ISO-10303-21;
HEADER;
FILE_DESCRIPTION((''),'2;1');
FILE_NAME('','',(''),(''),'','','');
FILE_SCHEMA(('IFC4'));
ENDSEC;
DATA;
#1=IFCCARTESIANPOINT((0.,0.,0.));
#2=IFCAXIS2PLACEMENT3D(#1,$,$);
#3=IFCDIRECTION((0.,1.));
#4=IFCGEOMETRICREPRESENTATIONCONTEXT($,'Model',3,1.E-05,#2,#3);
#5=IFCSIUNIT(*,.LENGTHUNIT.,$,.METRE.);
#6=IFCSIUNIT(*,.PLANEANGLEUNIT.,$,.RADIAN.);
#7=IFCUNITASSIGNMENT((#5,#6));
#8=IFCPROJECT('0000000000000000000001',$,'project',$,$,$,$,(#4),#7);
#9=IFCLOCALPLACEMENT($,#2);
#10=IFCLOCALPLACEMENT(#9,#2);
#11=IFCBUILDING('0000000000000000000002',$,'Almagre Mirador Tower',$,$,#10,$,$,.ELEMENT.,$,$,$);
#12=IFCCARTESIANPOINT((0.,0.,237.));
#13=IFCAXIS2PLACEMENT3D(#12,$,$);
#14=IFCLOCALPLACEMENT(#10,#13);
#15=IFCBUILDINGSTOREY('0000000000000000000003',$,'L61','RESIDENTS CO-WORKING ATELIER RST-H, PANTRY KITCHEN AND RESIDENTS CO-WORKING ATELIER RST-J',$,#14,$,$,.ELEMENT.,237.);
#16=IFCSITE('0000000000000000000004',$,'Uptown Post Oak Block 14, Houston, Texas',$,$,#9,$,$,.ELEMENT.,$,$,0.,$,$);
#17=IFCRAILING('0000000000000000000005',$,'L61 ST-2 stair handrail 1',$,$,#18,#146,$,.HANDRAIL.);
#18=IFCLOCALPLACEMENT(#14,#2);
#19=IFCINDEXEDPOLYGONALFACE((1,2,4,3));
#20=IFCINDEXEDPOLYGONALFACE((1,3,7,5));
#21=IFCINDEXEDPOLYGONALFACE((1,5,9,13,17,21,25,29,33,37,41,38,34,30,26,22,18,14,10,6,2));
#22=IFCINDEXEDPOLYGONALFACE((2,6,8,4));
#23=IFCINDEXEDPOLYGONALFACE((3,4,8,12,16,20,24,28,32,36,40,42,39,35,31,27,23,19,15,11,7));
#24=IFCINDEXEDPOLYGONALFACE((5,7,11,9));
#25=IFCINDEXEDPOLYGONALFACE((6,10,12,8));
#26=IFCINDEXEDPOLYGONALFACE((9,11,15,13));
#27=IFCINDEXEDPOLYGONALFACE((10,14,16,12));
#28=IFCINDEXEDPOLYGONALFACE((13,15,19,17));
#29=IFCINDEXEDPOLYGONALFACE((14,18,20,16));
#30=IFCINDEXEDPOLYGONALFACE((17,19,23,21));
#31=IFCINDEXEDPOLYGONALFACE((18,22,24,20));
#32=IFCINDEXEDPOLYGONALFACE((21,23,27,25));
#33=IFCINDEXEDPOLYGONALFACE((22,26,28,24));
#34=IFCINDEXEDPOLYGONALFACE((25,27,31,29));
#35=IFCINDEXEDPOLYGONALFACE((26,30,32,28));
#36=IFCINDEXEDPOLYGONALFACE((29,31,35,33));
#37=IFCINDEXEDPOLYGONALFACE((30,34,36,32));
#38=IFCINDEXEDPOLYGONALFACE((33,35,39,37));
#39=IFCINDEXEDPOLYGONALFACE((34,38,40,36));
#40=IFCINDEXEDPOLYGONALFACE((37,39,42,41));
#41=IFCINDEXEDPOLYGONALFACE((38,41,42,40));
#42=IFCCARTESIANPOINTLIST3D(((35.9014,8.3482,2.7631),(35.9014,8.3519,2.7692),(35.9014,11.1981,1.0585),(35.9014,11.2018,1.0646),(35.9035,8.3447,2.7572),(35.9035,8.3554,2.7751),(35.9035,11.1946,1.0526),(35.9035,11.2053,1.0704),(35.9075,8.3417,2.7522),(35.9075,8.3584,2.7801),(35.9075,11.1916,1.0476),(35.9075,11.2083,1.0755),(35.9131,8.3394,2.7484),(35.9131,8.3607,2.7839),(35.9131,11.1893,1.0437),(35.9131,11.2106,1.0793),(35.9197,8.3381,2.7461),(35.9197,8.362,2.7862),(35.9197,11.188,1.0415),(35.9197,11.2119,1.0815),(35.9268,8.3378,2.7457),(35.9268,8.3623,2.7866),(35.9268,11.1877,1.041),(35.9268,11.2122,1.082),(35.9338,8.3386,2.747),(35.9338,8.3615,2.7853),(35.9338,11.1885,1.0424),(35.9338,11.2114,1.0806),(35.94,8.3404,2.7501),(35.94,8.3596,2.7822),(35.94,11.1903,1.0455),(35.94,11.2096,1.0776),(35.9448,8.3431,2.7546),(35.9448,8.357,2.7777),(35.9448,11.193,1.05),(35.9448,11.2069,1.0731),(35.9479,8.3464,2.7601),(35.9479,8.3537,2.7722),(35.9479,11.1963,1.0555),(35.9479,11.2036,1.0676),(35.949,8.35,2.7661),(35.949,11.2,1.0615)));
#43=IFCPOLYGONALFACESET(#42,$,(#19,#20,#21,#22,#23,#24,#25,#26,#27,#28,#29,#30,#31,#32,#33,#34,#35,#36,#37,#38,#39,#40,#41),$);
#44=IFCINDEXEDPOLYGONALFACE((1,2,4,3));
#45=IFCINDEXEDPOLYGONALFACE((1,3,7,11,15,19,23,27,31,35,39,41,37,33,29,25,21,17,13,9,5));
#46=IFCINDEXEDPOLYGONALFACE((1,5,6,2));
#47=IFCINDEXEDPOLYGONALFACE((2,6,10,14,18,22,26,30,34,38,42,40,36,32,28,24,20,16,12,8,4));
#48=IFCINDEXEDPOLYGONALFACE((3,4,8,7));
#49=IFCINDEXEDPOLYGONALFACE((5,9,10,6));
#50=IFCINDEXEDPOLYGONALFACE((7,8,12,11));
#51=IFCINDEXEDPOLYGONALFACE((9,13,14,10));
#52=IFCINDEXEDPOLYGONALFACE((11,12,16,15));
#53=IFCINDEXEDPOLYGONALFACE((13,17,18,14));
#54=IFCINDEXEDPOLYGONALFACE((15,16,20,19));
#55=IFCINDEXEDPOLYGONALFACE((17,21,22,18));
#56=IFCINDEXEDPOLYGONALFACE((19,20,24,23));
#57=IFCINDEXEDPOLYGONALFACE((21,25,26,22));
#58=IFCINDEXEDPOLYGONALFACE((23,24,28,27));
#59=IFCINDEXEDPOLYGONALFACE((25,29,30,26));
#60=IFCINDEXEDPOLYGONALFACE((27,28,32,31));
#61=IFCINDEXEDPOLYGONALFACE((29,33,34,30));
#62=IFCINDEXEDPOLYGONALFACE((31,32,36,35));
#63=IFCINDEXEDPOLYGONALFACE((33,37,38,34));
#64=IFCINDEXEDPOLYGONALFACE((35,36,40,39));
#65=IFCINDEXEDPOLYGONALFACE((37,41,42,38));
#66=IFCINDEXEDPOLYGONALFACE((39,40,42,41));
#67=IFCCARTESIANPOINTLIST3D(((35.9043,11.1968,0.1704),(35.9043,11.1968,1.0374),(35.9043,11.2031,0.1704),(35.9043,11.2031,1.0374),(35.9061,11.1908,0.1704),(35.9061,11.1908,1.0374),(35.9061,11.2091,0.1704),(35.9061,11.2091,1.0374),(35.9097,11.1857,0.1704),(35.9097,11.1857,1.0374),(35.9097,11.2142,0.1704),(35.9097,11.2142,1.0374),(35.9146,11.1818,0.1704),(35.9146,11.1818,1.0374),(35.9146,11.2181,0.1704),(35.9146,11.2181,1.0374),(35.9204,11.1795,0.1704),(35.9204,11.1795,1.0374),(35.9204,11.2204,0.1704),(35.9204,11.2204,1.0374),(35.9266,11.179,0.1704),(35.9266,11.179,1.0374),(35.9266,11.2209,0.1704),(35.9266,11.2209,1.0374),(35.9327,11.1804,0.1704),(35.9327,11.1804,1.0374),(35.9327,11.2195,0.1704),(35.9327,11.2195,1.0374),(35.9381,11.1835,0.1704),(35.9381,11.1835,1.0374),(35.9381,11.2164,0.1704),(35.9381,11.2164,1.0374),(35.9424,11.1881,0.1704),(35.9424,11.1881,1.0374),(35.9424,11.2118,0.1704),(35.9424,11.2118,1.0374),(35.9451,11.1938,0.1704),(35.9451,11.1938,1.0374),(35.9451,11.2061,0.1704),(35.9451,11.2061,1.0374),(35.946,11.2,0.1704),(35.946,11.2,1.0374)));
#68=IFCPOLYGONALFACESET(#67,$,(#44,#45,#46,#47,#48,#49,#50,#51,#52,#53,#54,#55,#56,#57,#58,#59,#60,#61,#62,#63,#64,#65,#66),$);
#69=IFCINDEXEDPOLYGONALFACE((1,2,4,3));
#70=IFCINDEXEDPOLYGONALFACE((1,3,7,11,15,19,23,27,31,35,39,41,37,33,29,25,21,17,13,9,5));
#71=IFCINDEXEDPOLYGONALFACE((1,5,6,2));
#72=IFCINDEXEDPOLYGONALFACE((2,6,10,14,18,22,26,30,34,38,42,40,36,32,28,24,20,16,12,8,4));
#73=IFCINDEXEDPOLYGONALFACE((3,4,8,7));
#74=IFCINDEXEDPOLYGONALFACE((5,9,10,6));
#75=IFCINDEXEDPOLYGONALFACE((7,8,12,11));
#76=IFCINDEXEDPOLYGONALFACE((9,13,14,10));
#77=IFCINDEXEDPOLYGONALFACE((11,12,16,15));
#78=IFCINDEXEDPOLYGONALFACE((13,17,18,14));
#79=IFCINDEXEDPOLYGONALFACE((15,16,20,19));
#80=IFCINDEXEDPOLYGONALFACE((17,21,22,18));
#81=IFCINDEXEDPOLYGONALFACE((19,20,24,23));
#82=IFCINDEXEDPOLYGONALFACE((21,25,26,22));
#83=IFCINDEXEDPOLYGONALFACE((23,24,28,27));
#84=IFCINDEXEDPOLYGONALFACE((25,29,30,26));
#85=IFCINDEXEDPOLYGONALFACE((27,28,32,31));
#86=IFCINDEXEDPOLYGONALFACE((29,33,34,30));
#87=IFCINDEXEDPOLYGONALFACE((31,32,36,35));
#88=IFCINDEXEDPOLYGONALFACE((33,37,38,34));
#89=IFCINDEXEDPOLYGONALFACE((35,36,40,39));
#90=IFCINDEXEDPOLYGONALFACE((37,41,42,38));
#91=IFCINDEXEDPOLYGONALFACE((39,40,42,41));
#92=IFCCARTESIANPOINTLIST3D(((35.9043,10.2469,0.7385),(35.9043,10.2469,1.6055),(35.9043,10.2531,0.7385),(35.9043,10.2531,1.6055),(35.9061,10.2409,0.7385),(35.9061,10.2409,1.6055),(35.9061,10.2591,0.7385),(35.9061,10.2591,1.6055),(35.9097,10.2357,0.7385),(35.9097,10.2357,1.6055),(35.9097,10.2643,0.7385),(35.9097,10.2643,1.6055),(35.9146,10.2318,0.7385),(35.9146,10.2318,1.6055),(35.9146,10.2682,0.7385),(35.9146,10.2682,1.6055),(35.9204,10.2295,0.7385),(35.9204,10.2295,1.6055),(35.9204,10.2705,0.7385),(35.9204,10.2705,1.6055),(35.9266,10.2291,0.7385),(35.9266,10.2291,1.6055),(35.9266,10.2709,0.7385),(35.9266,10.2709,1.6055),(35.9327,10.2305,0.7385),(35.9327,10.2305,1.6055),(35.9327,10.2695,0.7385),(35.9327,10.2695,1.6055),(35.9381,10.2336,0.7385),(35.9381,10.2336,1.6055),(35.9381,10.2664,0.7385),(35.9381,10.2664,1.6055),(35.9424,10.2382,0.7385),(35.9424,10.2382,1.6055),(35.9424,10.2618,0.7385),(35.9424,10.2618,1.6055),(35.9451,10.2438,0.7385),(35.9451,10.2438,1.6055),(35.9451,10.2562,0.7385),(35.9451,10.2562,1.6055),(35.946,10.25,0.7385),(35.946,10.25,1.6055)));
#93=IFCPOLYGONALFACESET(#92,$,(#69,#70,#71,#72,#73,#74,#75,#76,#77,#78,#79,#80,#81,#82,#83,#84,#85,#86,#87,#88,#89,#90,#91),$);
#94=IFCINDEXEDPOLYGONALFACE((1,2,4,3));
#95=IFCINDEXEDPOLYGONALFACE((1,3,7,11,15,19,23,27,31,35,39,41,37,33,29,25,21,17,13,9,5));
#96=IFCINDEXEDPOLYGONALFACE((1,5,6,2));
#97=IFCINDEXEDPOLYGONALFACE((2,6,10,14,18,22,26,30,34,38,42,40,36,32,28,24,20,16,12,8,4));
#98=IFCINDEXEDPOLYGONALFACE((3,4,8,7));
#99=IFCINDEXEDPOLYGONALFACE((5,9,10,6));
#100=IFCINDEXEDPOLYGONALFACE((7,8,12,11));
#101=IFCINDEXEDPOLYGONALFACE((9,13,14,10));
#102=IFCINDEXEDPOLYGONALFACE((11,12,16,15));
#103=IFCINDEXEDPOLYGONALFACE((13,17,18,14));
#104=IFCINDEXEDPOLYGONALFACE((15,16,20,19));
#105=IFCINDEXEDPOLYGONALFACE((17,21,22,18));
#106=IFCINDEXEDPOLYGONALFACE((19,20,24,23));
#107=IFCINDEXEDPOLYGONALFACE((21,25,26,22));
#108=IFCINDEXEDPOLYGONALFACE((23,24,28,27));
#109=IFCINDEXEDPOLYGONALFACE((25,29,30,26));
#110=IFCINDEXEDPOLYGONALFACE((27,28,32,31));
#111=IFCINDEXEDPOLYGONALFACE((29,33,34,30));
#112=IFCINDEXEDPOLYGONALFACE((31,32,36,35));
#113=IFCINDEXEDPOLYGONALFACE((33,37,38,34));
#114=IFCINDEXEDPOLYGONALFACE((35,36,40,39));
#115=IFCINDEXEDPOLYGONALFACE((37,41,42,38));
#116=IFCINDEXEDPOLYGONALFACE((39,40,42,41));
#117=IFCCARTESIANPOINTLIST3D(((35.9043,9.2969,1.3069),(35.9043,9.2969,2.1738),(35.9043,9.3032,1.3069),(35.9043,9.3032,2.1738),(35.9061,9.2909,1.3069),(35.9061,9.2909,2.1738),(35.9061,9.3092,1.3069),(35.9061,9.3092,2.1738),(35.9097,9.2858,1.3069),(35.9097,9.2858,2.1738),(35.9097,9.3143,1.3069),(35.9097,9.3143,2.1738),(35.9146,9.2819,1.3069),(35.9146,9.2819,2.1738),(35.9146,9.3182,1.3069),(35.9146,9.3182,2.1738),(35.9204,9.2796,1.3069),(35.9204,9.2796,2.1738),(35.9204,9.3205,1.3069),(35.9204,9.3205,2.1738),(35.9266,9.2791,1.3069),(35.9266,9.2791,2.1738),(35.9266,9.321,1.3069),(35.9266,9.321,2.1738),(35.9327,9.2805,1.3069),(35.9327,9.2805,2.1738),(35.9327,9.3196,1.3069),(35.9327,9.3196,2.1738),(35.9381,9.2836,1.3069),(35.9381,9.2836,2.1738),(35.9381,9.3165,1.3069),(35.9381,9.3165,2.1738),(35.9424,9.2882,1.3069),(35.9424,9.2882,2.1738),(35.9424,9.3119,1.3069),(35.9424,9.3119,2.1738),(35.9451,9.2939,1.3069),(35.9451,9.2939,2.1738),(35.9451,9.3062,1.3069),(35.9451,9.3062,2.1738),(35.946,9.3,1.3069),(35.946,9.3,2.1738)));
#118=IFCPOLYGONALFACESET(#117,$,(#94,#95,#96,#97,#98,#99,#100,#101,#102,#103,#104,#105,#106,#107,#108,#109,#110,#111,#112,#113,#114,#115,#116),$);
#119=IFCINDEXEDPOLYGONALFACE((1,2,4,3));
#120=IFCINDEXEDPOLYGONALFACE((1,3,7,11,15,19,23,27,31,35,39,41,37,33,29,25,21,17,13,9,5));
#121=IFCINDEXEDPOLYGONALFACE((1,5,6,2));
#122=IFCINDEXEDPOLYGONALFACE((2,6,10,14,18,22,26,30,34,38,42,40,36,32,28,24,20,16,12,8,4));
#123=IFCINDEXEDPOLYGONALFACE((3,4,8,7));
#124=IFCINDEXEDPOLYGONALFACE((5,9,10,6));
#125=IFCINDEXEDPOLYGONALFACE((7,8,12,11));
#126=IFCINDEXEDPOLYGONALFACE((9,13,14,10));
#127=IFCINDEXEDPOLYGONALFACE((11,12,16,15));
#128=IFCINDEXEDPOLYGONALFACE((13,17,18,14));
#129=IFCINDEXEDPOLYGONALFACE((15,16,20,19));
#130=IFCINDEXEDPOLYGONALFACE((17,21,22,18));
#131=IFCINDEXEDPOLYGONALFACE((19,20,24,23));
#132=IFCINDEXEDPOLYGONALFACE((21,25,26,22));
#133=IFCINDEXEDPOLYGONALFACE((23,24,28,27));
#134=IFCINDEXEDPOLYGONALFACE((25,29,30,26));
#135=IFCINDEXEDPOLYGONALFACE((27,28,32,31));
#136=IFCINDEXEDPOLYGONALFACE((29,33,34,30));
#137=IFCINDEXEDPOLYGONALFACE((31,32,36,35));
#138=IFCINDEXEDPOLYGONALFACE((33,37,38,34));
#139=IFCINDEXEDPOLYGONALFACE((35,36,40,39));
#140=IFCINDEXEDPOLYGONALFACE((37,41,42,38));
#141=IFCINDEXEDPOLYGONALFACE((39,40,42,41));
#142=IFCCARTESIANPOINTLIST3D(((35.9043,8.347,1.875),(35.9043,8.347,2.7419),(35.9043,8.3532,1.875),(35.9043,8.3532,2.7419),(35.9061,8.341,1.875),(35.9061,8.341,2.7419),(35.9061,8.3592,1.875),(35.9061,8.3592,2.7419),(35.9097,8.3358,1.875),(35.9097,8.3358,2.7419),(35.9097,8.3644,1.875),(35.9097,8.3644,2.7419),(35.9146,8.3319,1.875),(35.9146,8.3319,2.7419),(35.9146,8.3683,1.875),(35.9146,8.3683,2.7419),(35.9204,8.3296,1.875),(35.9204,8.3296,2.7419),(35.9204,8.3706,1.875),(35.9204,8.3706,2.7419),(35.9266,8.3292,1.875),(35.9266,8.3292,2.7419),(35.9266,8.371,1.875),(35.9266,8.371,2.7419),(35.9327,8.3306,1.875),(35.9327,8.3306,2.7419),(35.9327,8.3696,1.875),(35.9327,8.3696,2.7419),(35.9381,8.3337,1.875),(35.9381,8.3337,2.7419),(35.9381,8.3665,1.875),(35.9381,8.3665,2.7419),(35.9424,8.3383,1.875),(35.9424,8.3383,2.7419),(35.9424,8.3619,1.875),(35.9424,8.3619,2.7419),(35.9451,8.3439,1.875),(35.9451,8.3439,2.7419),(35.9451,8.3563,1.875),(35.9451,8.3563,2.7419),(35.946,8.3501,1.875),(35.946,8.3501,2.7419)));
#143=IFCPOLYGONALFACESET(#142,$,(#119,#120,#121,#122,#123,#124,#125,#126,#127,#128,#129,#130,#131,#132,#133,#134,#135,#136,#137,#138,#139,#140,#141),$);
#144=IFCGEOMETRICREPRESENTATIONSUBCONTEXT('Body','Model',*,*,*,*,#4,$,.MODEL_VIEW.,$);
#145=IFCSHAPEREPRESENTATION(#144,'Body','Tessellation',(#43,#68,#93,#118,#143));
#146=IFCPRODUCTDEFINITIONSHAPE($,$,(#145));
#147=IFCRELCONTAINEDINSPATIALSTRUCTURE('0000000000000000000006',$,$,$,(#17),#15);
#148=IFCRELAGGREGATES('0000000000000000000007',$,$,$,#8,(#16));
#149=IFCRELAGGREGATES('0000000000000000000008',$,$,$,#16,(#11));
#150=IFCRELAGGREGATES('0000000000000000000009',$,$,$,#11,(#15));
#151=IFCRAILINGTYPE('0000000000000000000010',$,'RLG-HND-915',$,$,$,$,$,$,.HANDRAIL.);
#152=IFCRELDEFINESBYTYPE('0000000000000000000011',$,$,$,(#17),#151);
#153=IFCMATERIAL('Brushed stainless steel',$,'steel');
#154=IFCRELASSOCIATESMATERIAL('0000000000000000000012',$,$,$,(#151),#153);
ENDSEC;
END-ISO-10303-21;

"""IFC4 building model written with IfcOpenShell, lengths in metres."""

from ifc_helpers import new_model, si_unit, direction, frame, origin, origin_2d, place, context, subcontext, project, spatial, circle, extrude, material, type_object, element, save


model = new_model("IFC4")

# Units and contexts
model_context = context("Model", 3, precision=1e-05, world=origin(), true_north=direction((0.0, 1.0)))
body_context = subcontext(model_context, "Body", "Model", "MODEL_VIEW")
ifc_project = project(units=[si_unit("LENGTHUNIT", "METRE"), si_unit("PLANEANGLEUNIT", "RADIAN")], contexts=[model_context])

# Site, building, storey
site_placement = place(None, origin())
site = spatial("IfcSite", under=ifc_project, at=site_placement, Name="Uptown Post Oak Block 14, Houston, Texas", CompositionType="ELEMENT", RefElevation=0.0)
building_placement = place(site_placement, origin())
building = spatial("IfcBuilding", under=site, at=building_placement, Name="Almagre Mirador Tower", CompositionType="ELEMENT")
storey_placement = place(building_placement, frame((0.0, 0.0, 237.0)))
storey = spatial("IfcBuildingStorey", under=building, at=storey_placement, Name="L61", Description="RESIDENTS CO-WORKING ATELIER RST-H, PANTRY KITCHEN AND RESIDENTS CO-WORKING ATELIER RST-J", CompositionType="ELEMENT", Elevation=237.0)

# Railing
ifc_material_1 = material(Name="Brushed stainless steel", Category="steel")
railing_type_1 = type_object("IfcRailingType", Name="RLG-HND-915", PredefinedType="HANDRAIL", material=ifc_material_1)
railing_1_placement = place(storey_placement, frame((35.925, 11.2, 0.1704)))
element("IfcRailing", 1, at=railing_1_placement, inside=storey, type_object=railing_type_1, Name="L61 ST-2 stair handrail 1", PredefinedType="HANDRAIL", context=body_context, shape_type="SweptSolid", body=[
    extrude(circle(Radius=0.0239, at=origin_2d()), frame((0.0, 0.0, 0.8911), z_axis=(0.0, -0.858199, 0.513317), x_axis=(1.0, 0.0, 0.0)), (0.0, 0.0, 1.0), 3.3208),
    extrude(circle(Radius=0.021, at=origin_2d()), origin(), (0.0, 0.0, 1.0), 0.8669),
    extrude(circle(Radius=0.021, at=origin_2d()), frame((0.0, -0.95, 0.5681)), (0.0, 0.0, 1.0), 0.8669),
    extrude(circle(Radius=0.021, at=origin_2d()), frame((0.0, -1.8999, 1.1365)), (0.0, 0.0, 1.0), 0.8669),
    extrude(circle(Radius=0.021, at=origin_2d()), frame((0.0, -2.8499, 1.7046)), (0.0, 0.0, 1.0), 0.8669),
])

save(model, "model.ifc")
